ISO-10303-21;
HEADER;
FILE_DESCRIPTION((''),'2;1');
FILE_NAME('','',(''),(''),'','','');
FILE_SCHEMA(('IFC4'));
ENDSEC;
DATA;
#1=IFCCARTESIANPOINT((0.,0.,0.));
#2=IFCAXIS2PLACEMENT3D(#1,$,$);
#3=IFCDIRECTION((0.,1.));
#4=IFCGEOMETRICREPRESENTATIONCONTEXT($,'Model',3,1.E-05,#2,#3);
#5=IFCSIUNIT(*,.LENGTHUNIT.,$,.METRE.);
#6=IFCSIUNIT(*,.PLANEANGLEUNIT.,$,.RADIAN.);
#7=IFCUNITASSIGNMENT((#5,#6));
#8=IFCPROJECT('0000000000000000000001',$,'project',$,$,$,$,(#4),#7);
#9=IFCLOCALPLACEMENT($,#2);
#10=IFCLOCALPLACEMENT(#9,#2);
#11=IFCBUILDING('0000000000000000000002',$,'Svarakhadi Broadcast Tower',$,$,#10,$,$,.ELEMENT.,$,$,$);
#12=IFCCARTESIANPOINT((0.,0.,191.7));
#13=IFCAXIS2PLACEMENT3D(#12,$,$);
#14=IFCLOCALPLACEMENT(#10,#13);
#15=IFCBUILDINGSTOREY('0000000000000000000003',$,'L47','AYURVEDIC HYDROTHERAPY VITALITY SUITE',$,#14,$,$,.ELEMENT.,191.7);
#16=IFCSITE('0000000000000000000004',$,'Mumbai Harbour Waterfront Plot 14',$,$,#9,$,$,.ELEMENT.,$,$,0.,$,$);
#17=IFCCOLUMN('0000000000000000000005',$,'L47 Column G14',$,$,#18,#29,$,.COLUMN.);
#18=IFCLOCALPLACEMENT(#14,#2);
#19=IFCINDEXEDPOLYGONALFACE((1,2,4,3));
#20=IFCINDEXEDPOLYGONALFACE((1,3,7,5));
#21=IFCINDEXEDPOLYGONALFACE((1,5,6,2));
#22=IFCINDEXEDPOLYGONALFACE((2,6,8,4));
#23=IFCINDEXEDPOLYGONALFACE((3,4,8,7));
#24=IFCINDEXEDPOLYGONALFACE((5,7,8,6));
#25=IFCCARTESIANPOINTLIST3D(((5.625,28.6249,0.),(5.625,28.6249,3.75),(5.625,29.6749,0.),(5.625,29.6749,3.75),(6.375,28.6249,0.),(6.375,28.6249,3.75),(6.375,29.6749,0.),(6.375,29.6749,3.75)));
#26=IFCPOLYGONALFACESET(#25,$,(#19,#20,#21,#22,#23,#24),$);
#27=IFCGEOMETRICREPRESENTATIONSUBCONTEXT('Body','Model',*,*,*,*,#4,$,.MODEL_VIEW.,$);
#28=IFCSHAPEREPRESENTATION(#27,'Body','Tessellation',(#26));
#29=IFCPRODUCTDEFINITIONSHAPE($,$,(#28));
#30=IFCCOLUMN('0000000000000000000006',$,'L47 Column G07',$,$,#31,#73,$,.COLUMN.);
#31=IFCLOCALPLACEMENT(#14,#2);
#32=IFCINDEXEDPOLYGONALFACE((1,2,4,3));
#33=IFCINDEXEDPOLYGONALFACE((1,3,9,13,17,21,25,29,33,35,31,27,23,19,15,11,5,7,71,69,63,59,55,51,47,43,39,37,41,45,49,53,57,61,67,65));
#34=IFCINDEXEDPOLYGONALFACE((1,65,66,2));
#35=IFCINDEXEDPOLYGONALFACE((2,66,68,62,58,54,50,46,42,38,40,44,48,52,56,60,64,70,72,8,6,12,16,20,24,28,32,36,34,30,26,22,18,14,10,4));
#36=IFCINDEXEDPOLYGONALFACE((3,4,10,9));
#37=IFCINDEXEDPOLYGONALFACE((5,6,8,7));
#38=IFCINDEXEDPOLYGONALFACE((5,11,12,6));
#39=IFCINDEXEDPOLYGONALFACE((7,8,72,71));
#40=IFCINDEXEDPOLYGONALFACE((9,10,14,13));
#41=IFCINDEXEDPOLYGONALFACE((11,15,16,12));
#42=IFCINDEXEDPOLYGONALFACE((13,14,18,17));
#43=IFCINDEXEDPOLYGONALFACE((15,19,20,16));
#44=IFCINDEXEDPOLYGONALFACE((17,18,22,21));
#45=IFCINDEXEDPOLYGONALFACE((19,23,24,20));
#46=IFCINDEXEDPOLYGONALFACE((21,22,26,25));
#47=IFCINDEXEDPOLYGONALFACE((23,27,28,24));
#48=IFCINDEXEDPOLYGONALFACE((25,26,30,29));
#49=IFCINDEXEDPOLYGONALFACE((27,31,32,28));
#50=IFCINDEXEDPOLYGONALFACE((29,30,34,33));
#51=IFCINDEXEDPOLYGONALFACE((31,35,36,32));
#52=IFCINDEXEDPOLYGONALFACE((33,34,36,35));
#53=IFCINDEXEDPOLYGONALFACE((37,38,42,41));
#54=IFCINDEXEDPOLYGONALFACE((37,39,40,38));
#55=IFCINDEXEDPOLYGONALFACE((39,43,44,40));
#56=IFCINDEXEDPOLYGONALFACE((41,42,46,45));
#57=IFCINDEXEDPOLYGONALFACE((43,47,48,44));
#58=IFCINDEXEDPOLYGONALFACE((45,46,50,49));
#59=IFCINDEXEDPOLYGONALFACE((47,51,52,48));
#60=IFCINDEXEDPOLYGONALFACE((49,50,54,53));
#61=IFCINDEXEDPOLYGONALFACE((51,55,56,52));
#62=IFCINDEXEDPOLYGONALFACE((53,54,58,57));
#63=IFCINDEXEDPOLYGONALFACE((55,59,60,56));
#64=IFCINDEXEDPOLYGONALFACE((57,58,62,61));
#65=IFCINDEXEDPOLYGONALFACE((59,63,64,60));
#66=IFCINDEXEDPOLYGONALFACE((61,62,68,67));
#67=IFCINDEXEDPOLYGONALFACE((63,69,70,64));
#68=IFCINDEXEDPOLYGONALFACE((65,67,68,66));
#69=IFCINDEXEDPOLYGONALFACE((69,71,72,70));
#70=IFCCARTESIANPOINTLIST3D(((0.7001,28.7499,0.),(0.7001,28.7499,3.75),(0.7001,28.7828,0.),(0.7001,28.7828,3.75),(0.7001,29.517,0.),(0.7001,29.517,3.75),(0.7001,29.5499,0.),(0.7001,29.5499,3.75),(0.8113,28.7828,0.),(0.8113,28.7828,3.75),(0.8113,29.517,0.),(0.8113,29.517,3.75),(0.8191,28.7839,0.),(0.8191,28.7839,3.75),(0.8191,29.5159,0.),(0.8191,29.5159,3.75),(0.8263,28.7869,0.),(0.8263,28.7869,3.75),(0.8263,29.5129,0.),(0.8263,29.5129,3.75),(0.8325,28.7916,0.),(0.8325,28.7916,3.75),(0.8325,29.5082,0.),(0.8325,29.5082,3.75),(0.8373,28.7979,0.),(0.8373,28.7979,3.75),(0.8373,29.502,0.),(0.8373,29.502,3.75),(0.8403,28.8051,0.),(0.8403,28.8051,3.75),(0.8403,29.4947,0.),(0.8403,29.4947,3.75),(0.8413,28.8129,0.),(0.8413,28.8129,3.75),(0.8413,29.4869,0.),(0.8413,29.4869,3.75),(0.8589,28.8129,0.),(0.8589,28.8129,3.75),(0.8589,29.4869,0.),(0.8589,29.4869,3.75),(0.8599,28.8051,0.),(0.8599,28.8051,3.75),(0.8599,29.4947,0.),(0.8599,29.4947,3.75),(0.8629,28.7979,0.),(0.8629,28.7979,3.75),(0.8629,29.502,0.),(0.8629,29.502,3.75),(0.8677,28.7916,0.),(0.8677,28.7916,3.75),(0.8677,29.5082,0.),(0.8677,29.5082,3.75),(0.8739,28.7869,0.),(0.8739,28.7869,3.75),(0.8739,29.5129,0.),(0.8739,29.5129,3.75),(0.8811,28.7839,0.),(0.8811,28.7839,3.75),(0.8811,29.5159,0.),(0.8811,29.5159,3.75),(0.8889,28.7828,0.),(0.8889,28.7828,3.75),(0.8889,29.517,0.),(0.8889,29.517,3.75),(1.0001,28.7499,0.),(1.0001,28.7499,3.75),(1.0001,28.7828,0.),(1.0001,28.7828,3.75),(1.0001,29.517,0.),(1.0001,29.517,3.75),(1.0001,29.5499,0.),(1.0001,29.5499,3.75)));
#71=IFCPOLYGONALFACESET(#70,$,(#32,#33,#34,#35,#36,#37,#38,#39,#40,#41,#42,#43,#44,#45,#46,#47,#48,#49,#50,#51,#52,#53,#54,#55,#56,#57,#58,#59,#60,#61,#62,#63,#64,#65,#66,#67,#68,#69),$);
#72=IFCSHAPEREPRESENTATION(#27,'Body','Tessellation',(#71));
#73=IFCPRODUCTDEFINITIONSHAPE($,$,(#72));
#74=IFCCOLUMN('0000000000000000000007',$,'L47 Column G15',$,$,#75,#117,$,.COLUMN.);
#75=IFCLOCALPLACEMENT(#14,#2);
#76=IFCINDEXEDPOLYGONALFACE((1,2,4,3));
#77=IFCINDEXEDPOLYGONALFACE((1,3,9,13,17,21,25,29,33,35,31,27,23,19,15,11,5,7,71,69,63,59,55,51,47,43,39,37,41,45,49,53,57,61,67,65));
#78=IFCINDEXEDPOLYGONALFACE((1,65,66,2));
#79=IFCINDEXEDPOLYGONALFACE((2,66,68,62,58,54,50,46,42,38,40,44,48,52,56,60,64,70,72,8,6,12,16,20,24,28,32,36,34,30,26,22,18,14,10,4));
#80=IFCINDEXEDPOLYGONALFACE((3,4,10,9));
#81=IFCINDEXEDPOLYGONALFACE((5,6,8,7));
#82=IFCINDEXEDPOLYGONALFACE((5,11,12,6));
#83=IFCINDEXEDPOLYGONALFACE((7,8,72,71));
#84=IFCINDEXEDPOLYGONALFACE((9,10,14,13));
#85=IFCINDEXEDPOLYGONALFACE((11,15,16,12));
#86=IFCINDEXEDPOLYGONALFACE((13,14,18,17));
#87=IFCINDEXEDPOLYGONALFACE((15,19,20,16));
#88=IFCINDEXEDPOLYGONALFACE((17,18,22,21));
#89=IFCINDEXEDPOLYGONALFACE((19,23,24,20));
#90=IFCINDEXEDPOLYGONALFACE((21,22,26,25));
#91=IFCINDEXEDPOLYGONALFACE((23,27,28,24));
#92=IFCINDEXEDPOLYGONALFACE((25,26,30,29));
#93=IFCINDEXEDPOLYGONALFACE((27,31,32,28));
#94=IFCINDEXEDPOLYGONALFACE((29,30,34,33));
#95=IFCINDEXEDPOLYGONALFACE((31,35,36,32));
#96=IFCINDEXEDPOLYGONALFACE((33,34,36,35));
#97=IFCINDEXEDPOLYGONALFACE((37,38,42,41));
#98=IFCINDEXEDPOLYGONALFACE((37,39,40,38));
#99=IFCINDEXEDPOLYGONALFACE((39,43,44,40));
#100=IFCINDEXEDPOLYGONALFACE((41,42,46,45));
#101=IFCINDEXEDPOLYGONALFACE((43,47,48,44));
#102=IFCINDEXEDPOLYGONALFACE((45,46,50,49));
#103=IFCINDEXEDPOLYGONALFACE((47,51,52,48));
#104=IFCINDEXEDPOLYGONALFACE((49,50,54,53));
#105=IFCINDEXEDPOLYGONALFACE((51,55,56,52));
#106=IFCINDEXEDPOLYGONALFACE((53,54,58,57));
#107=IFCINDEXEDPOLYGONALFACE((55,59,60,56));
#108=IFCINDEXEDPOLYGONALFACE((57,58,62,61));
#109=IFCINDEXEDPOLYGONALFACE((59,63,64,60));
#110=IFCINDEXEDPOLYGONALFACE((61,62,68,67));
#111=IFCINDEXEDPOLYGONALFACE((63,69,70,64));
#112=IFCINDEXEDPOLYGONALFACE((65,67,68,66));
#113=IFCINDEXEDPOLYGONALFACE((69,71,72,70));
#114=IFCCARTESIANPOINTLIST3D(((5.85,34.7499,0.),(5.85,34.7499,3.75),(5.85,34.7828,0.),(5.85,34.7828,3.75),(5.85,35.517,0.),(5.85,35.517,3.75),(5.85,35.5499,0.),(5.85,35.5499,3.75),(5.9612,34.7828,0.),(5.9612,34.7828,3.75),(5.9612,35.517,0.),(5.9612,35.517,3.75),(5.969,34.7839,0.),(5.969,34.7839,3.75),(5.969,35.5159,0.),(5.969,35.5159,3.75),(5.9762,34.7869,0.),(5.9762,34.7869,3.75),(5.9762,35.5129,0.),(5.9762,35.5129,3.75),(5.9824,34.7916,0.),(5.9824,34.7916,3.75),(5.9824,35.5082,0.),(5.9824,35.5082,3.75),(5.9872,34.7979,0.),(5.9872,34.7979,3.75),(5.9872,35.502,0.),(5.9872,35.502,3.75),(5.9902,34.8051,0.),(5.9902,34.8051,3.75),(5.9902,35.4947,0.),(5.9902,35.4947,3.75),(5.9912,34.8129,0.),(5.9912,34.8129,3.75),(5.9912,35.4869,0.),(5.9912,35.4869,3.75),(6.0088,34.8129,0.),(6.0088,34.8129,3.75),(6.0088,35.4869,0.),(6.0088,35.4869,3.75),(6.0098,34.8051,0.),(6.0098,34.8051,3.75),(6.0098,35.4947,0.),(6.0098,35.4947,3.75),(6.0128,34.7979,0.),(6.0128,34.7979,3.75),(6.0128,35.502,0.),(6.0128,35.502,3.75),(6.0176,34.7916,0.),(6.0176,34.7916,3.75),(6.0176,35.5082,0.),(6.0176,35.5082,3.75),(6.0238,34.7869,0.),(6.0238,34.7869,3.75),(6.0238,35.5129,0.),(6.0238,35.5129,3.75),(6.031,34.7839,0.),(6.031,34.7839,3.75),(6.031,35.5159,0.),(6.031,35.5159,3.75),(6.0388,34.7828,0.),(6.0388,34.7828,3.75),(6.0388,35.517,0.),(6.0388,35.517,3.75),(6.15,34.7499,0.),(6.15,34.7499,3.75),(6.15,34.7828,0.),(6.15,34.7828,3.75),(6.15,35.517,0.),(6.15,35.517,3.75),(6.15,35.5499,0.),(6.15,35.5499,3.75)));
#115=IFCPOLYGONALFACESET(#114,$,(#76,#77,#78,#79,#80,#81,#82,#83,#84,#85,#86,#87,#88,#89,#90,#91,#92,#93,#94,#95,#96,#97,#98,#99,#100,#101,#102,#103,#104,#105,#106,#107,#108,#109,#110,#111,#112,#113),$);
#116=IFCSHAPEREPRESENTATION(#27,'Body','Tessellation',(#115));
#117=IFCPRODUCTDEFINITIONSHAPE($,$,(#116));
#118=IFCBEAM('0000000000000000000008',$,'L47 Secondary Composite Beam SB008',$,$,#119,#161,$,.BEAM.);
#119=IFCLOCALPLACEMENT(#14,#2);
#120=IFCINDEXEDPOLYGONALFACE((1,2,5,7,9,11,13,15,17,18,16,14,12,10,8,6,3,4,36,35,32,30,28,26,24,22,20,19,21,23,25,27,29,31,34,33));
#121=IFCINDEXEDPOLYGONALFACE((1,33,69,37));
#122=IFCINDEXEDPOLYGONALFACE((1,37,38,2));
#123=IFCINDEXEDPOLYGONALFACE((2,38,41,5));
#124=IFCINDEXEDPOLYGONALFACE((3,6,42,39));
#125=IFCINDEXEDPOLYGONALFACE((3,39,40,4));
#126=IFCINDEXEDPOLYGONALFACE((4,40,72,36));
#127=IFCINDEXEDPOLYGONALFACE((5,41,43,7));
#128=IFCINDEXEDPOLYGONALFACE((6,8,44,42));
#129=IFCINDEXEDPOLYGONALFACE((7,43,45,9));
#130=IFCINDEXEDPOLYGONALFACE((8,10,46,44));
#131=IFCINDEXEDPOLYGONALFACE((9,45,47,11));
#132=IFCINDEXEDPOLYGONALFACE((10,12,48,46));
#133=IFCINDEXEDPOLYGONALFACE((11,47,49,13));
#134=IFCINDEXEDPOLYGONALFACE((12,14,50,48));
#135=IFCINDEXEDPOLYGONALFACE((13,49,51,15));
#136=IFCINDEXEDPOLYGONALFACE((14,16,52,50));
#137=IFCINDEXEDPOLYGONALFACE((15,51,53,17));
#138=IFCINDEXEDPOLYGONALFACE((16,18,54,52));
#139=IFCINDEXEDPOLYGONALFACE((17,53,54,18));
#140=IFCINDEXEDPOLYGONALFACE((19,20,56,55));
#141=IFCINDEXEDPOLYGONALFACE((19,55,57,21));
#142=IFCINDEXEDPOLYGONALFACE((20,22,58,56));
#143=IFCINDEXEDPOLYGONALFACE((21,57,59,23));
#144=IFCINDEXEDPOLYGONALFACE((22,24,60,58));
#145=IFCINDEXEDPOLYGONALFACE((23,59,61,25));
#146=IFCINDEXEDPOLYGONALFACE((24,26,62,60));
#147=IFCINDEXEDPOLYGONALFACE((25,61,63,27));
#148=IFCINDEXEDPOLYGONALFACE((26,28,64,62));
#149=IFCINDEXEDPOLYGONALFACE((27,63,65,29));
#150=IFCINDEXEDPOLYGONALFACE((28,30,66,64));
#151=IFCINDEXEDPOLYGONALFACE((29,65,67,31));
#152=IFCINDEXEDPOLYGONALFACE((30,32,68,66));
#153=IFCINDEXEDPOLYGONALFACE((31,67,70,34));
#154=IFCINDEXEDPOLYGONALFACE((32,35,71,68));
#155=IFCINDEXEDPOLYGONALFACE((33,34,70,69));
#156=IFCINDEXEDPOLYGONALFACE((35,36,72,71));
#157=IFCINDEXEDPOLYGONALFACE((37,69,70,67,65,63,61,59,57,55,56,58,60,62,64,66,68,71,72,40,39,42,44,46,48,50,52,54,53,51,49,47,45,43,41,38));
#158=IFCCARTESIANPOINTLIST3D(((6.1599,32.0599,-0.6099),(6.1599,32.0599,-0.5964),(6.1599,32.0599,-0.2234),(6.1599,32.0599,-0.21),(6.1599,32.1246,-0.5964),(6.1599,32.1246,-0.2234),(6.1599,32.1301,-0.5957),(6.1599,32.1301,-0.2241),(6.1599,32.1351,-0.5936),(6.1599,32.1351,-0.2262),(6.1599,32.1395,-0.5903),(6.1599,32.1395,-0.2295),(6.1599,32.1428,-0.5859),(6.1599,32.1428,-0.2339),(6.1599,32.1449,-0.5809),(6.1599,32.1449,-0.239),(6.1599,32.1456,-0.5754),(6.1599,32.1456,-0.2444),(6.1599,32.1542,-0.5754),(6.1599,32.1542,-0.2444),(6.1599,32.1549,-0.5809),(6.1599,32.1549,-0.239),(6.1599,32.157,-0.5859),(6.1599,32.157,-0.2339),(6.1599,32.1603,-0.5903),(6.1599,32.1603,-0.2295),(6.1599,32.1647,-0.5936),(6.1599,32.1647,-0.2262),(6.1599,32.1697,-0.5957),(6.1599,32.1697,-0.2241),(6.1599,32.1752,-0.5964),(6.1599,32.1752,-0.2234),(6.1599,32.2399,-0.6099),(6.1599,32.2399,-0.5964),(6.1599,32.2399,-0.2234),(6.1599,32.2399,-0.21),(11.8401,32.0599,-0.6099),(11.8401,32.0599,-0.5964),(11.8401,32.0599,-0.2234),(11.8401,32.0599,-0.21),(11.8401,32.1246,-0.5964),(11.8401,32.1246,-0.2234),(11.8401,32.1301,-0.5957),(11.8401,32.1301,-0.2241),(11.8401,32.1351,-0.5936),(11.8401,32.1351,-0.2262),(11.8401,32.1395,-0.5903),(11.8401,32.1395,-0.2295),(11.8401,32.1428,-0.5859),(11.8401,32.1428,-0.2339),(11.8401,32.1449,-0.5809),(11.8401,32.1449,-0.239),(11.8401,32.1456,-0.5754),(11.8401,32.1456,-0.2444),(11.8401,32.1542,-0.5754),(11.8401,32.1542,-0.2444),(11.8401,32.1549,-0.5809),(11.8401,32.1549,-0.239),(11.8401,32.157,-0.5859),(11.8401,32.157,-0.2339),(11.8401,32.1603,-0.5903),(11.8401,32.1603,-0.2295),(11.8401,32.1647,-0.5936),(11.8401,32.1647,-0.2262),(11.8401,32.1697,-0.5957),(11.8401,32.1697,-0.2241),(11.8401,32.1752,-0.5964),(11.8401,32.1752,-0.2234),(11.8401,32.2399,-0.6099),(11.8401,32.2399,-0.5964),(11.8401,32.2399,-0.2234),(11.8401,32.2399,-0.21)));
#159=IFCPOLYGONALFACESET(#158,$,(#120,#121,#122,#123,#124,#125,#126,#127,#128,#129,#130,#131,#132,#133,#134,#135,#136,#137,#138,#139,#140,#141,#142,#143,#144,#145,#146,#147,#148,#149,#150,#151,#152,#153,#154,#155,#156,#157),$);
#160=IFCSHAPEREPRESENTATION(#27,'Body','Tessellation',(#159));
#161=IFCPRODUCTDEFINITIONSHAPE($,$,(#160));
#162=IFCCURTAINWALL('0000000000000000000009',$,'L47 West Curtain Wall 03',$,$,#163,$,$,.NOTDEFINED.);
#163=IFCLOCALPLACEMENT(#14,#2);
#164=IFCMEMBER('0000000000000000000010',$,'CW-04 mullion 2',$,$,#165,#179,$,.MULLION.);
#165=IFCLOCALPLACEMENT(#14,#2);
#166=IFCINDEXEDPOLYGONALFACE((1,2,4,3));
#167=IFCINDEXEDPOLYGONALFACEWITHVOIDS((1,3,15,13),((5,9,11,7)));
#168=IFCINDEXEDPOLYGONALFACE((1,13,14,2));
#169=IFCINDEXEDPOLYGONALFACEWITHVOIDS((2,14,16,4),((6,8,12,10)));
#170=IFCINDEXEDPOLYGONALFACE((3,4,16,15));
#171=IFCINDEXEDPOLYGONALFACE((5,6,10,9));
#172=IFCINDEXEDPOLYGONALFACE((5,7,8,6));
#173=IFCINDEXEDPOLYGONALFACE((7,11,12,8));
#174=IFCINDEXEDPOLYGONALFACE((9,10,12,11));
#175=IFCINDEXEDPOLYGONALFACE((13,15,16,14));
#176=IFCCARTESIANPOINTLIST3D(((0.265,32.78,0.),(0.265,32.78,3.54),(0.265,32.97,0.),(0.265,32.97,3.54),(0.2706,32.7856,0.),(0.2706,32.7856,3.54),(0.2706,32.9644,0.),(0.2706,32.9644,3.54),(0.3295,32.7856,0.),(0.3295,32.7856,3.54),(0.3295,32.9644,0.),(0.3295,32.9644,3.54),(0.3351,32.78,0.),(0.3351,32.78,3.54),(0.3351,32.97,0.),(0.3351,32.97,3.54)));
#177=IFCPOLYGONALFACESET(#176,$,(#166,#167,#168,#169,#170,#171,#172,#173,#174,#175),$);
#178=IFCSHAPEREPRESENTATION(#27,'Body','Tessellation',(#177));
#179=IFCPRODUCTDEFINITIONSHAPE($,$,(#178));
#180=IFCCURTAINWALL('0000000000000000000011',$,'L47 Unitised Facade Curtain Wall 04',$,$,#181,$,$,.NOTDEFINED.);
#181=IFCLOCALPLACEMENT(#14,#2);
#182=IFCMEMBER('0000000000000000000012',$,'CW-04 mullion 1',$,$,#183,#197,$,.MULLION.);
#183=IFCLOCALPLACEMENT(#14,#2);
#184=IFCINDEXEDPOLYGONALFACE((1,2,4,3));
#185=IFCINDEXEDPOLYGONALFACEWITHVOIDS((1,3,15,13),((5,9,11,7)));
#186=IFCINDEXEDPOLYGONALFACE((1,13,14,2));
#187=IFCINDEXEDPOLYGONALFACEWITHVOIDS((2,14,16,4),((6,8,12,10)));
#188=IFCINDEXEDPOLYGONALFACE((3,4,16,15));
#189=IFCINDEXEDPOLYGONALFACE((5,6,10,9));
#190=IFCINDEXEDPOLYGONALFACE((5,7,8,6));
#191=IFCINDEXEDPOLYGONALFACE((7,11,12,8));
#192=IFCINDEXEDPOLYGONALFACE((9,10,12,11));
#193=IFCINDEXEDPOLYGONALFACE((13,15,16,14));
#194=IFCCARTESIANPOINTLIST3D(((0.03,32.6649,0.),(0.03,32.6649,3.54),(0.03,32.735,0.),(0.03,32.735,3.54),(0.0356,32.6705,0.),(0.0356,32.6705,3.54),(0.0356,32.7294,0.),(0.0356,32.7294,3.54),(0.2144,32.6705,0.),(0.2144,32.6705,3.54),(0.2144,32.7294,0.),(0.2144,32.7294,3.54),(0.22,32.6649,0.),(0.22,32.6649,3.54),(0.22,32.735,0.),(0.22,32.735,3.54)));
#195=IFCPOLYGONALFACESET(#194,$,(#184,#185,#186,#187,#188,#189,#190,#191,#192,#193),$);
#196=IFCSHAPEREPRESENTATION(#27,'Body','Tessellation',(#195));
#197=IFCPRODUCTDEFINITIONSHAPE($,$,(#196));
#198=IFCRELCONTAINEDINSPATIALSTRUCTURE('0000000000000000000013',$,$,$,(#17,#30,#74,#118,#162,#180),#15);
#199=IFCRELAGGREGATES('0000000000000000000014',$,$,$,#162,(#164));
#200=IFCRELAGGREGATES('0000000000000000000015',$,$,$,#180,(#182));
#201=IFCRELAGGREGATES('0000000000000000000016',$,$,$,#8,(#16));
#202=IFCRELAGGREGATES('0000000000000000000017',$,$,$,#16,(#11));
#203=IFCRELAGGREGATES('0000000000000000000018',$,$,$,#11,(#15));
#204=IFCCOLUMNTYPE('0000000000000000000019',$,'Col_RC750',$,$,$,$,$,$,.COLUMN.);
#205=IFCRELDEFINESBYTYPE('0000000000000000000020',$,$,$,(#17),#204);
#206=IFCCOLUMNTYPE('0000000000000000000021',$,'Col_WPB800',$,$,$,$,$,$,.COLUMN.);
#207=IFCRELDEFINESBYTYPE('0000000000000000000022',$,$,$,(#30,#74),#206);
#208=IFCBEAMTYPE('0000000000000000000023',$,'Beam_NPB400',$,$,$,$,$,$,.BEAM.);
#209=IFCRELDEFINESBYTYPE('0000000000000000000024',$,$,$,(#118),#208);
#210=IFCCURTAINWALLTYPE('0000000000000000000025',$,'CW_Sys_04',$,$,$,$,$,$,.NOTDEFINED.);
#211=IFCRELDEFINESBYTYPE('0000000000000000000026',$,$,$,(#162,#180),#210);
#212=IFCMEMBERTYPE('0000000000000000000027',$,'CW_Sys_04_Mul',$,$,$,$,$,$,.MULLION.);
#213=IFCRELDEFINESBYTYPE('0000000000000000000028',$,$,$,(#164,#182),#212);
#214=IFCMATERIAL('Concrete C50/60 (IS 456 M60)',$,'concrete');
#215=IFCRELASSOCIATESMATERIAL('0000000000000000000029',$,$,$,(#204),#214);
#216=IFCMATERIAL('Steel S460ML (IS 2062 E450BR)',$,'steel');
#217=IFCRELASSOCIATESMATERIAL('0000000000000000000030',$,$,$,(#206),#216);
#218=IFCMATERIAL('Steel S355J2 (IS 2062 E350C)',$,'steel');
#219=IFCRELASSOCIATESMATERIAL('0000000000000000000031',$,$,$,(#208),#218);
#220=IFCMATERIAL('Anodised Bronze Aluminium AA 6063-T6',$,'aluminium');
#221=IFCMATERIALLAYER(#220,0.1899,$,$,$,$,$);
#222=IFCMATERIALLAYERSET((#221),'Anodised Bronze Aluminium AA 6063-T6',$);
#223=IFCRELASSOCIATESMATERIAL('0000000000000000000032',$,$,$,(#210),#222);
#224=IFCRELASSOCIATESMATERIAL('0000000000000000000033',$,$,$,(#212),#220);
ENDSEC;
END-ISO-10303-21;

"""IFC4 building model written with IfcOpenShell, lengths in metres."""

from ifc_helpers import new_model, si_unit, direction, frame, origin, origin_2d, place, context, subcontext, project, spatial, rectangle, hollow_rectangle, i_section, extrude, material, layer, layer_set, material_profile, profile_set, type_object, element, aggregate, save


model = new_model("IFC4")

# Units and contexts
model_context = context("Model", 3, precision=1e-05, world=origin(), true_north=direction((0.0, 1.0)))
body_context = subcontext(model_context, "Body", "Model", "MODEL_VIEW")
ifc_project = project(units=[si_unit("LENGTHUNIT", "METRE"), si_unit("PLANEANGLEUNIT", "RADIAN")], contexts=[model_context])

# Site, building, storey
site_placement = place(None, origin())
site = spatial("IfcSite", under=ifc_project, at=site_placement, Name="Mumbai Harbour Waterfront Plot 14", CompositionType="ELEMENT", RefElevation=0.0)
building_placement = place(site_placement, origin())
building = spatial("IfcBuilding", under=site, at=building_placement, Name="Svarakhadi Broadcast Tower", CompositionType="ELEMENT")
storey_placement = place(building_placement, frame((0.0, 0.0, 191.7)))
storey = spatial("IfcBuildingStorey", under=building, at=storey_placement, Name="L47", Description="AYURVEDIC HYDROTHERAPY VITALITY SUITE", CompositionType="ELEMENT", Elevation=191.7)

# Columns
ifc_material_1 = material(Name="Concrete C50/60 (IS 456 M60)", Category="concrete")
ifc_material_profile_1 = material_profile(ifc_material_1, rectangle(XDim=0.75, YDim=1.05, at=origin_2d()), Name="RC 750x1050")
ifc_profile_set_1 = profile_set([ifc_material_profile_1], Name="Concrete C50/60 (IS 456 M60)")
column_type_1 = type_object("IfcColumnType", Name="Col_RC750", PredefinedType="COLUMN", material=ifc_profile_set_1)
column_placement = place(storey_placement, frame((6.0, 29.1499, 0.0), z_axis=(0.0, 0.0, 1.0), x_axis=(1.0, 0.0, 0.0)))
element("IfcColumn", 1, at=column_placement, inside=storey, type_object=column_type_1, Name="L47 Column G14", PredefinedType="COLUMN", context=body_context, shape_type="SweptSolid", body=[
    extrude(rectangle(XDim=0.75, YDim=1.05, at=origin_2d()), origin(), (0.0, 0.0, 1.0), 3.75),
])
ifc_material_2 = material(Name="Steel S460ML (IS 2062 E450BR)", Category="steel")
ifc_material_profile_2 = material_profile(ifc_material_2, i_section(OverallWidth=0.3, OverallDepth=0.8, WebThickness=0.0176, FlangeThickness=0.033, FilletRadius=0.03, at=origin_2d()), Name="WPB 800x300x262")
ifc_profile_set_2 = profile_set([ifc_material_profile_2], Name="Steel S460ML (IS 2062 E450BR)")
column_type_2 = type_object("IfcColumnType", Name="Col_WPB800", PredefinedType="COLUMN", material=ifc_profile_set_2)
for number, where, z_axis, x_axis, name in (
    (2, (0.8501, 29.1499, 0.0), (0.0, 0.0, 1.0), (1.0, 0.0, 0.0), "L47 Column G07"),
    (3, (6.0, 35.1499, 0.0), (0.0, 0.0, 1.0), (1.0, 0.0, 0.0), "L47 Column G15"),
):
    element("IfcColumn", number, at=place(storey_placement, frame(where, z_axis=z_axis, x_axis=x_axis)), inside=storey, type_object=column_type_2, Name=name, PredefinedType="COLUMN", context=body_context, shape_type="SweptSolid", body=[
        extrude(i_section(OverallWidth=0.3, OverallDepth=0.8, WebThickness=0.0176, FlangeThickness=0.033, FilletRadius=0.03, at=origin_2d()), origin(), (0.0, 0.0, 1.0), 3.75),
    ])

# Beam
ifc_material_3 = material(Name="Steel S355J2 (IS 2062 E350C)", Category="steel")
ifc_material_profile_3 = material_profile(ifc_material_3, i_section(OverallWidth=0.1799, OverallDepth=0.3999, WebThickness=0.0085, FlangeThickness=0.0134, FilletRadius=0.021, at=origin_2d()), Name="NPB 400x180x66")
ifc_profile_set_3 = profile_set([ifc_material_profile_3], Name="Steel S355J2 (IS 2062 E350C)")
beam_type_1 = type_object("IfcBeamType", Name="Beam_NPB400", PredefinedType="BEAM", material=ifc_profile_set_3)
beam_1_placement = place(storey_placement, frame((6.1599, 32.1499, -0.4099), z_axis=(1.0, 0.0, 0.0), x_axis=(0.0, 1.0, 0.0)))
element("IfcBeam", 4, at=beam_1_placement, inside=storey, type_object=beam_type_1, Name="L47 Secondary Composite Beam SB008", PredefinedType="BEAM", context=body_context, shape_type="SweptSolid", body=[
    extrude(i_section(OverallWidth=0.1799, OverallDepth=0.3999, WebThickness=0.0085, FlangeThickness=0.0134, FilletRadius=0.021, at=origin_2d()), origin(), (0.0, 0.0, 1.0), 5.6802),
])

# Curtain wall, member
ifc_material_4 = material(Name="Anodised Bronze Aluminium AA 6063-T6", Category="aluminium")
ifc_layer_1 = layer(ifc_material_4, 0.1899)
ifc_layer_set_1 = layer_set([ifc_layer_1], Name="Anodised Bronze Aluminium AA 6063-T6")
curtain_wall_type = type_object("IfcCurtainWallType", Name="CW_Sys_04", PredefinedType="NOTDEFINED", material=ifc_layer_set_1)
curtain_wall_1_placement = place(storey_placement, origin())
curtain_wall_1 = element("IfcCurtainWall", 5, at=curtain_wall_1_placement, inside=storey, type_object=curtain_wall_type, Name="L47 West Curtain Wall 03", PredefinedType="NOTDEFINED")
ifc_material_profile_4 = material_profile(ifc_material_4, hollow_rectangle(XDim=0.0701, YDim=0.1899, WallThickness=0.0056, at=origin_2d()), Name="ALU MULLION 190x70x6")
ifc_profile_set_4 = profile_set([ifc_material_profile_4], Name="Anodised Bronze Aluminium AA 6063-T6")
member_type_1 = type_object("IfcMemberType", Name="CW_Sys_04_Mul", PredefinedType="MULLION", material=ifc_profile_set_4)
member_1_placement = place(storey_placement, frame((0.3, 32.875, 0.0), z_axis=(0.0, 0.0, 1.0), x_axis=(-1.0, 0.0, 0.0)))
member_1 = element("IfcMember", 6, at=member_1_placement, type_object=member_type_1, Name="CW-04 mullion 2", PredefinedType="MULLION", context=body_context, shape_type="SweptSolid", body=[
    extrude(hollow_rectangle(XDim=0.0701, YDim=0.1899, WallThickness=0.0056, at=origin_2d()), origin(), (0.0, 0.0, 1.0), 3.54),
])
aggregate(curtain_wall_1, [member_1])

# Curtain wall, member
curtain_wall_2_placement = place(storey_placement, origin())
curtain_wall_2 = element("IfcCurtainWall", 7, at=curtain_wall_2_placement, inside=storey, type_object=curtain_wall_type, Name="L47 Unitised Facade Curtain Wall 04", PredefinedType="NOTDEFINED")
member_2_placement = place(storey_placement, frame((0.125, 32.7, 0.0), z_axis=(0.0, 0.0, 1.0), x_axis=(0.0, 1.0, 0.0)))
member_2 = element("IfcMember", 8, at=member_2_placement, type_object=member_type_1, Name="CW-04 mullion 1", PredefinedType="MULLION", context=body_context, shape_type="SweptSolid", body=[
    extrude(hollow_rectangle(XDim=0.0701, YDim=0.1899, WallThickness=0.0056, at=origin_2d()), origin(), (0.0, 0.0, 1.0), 3.54),
])

aggregate(curtain_wall_2, [member_2])

save(model, "model.ifc")
